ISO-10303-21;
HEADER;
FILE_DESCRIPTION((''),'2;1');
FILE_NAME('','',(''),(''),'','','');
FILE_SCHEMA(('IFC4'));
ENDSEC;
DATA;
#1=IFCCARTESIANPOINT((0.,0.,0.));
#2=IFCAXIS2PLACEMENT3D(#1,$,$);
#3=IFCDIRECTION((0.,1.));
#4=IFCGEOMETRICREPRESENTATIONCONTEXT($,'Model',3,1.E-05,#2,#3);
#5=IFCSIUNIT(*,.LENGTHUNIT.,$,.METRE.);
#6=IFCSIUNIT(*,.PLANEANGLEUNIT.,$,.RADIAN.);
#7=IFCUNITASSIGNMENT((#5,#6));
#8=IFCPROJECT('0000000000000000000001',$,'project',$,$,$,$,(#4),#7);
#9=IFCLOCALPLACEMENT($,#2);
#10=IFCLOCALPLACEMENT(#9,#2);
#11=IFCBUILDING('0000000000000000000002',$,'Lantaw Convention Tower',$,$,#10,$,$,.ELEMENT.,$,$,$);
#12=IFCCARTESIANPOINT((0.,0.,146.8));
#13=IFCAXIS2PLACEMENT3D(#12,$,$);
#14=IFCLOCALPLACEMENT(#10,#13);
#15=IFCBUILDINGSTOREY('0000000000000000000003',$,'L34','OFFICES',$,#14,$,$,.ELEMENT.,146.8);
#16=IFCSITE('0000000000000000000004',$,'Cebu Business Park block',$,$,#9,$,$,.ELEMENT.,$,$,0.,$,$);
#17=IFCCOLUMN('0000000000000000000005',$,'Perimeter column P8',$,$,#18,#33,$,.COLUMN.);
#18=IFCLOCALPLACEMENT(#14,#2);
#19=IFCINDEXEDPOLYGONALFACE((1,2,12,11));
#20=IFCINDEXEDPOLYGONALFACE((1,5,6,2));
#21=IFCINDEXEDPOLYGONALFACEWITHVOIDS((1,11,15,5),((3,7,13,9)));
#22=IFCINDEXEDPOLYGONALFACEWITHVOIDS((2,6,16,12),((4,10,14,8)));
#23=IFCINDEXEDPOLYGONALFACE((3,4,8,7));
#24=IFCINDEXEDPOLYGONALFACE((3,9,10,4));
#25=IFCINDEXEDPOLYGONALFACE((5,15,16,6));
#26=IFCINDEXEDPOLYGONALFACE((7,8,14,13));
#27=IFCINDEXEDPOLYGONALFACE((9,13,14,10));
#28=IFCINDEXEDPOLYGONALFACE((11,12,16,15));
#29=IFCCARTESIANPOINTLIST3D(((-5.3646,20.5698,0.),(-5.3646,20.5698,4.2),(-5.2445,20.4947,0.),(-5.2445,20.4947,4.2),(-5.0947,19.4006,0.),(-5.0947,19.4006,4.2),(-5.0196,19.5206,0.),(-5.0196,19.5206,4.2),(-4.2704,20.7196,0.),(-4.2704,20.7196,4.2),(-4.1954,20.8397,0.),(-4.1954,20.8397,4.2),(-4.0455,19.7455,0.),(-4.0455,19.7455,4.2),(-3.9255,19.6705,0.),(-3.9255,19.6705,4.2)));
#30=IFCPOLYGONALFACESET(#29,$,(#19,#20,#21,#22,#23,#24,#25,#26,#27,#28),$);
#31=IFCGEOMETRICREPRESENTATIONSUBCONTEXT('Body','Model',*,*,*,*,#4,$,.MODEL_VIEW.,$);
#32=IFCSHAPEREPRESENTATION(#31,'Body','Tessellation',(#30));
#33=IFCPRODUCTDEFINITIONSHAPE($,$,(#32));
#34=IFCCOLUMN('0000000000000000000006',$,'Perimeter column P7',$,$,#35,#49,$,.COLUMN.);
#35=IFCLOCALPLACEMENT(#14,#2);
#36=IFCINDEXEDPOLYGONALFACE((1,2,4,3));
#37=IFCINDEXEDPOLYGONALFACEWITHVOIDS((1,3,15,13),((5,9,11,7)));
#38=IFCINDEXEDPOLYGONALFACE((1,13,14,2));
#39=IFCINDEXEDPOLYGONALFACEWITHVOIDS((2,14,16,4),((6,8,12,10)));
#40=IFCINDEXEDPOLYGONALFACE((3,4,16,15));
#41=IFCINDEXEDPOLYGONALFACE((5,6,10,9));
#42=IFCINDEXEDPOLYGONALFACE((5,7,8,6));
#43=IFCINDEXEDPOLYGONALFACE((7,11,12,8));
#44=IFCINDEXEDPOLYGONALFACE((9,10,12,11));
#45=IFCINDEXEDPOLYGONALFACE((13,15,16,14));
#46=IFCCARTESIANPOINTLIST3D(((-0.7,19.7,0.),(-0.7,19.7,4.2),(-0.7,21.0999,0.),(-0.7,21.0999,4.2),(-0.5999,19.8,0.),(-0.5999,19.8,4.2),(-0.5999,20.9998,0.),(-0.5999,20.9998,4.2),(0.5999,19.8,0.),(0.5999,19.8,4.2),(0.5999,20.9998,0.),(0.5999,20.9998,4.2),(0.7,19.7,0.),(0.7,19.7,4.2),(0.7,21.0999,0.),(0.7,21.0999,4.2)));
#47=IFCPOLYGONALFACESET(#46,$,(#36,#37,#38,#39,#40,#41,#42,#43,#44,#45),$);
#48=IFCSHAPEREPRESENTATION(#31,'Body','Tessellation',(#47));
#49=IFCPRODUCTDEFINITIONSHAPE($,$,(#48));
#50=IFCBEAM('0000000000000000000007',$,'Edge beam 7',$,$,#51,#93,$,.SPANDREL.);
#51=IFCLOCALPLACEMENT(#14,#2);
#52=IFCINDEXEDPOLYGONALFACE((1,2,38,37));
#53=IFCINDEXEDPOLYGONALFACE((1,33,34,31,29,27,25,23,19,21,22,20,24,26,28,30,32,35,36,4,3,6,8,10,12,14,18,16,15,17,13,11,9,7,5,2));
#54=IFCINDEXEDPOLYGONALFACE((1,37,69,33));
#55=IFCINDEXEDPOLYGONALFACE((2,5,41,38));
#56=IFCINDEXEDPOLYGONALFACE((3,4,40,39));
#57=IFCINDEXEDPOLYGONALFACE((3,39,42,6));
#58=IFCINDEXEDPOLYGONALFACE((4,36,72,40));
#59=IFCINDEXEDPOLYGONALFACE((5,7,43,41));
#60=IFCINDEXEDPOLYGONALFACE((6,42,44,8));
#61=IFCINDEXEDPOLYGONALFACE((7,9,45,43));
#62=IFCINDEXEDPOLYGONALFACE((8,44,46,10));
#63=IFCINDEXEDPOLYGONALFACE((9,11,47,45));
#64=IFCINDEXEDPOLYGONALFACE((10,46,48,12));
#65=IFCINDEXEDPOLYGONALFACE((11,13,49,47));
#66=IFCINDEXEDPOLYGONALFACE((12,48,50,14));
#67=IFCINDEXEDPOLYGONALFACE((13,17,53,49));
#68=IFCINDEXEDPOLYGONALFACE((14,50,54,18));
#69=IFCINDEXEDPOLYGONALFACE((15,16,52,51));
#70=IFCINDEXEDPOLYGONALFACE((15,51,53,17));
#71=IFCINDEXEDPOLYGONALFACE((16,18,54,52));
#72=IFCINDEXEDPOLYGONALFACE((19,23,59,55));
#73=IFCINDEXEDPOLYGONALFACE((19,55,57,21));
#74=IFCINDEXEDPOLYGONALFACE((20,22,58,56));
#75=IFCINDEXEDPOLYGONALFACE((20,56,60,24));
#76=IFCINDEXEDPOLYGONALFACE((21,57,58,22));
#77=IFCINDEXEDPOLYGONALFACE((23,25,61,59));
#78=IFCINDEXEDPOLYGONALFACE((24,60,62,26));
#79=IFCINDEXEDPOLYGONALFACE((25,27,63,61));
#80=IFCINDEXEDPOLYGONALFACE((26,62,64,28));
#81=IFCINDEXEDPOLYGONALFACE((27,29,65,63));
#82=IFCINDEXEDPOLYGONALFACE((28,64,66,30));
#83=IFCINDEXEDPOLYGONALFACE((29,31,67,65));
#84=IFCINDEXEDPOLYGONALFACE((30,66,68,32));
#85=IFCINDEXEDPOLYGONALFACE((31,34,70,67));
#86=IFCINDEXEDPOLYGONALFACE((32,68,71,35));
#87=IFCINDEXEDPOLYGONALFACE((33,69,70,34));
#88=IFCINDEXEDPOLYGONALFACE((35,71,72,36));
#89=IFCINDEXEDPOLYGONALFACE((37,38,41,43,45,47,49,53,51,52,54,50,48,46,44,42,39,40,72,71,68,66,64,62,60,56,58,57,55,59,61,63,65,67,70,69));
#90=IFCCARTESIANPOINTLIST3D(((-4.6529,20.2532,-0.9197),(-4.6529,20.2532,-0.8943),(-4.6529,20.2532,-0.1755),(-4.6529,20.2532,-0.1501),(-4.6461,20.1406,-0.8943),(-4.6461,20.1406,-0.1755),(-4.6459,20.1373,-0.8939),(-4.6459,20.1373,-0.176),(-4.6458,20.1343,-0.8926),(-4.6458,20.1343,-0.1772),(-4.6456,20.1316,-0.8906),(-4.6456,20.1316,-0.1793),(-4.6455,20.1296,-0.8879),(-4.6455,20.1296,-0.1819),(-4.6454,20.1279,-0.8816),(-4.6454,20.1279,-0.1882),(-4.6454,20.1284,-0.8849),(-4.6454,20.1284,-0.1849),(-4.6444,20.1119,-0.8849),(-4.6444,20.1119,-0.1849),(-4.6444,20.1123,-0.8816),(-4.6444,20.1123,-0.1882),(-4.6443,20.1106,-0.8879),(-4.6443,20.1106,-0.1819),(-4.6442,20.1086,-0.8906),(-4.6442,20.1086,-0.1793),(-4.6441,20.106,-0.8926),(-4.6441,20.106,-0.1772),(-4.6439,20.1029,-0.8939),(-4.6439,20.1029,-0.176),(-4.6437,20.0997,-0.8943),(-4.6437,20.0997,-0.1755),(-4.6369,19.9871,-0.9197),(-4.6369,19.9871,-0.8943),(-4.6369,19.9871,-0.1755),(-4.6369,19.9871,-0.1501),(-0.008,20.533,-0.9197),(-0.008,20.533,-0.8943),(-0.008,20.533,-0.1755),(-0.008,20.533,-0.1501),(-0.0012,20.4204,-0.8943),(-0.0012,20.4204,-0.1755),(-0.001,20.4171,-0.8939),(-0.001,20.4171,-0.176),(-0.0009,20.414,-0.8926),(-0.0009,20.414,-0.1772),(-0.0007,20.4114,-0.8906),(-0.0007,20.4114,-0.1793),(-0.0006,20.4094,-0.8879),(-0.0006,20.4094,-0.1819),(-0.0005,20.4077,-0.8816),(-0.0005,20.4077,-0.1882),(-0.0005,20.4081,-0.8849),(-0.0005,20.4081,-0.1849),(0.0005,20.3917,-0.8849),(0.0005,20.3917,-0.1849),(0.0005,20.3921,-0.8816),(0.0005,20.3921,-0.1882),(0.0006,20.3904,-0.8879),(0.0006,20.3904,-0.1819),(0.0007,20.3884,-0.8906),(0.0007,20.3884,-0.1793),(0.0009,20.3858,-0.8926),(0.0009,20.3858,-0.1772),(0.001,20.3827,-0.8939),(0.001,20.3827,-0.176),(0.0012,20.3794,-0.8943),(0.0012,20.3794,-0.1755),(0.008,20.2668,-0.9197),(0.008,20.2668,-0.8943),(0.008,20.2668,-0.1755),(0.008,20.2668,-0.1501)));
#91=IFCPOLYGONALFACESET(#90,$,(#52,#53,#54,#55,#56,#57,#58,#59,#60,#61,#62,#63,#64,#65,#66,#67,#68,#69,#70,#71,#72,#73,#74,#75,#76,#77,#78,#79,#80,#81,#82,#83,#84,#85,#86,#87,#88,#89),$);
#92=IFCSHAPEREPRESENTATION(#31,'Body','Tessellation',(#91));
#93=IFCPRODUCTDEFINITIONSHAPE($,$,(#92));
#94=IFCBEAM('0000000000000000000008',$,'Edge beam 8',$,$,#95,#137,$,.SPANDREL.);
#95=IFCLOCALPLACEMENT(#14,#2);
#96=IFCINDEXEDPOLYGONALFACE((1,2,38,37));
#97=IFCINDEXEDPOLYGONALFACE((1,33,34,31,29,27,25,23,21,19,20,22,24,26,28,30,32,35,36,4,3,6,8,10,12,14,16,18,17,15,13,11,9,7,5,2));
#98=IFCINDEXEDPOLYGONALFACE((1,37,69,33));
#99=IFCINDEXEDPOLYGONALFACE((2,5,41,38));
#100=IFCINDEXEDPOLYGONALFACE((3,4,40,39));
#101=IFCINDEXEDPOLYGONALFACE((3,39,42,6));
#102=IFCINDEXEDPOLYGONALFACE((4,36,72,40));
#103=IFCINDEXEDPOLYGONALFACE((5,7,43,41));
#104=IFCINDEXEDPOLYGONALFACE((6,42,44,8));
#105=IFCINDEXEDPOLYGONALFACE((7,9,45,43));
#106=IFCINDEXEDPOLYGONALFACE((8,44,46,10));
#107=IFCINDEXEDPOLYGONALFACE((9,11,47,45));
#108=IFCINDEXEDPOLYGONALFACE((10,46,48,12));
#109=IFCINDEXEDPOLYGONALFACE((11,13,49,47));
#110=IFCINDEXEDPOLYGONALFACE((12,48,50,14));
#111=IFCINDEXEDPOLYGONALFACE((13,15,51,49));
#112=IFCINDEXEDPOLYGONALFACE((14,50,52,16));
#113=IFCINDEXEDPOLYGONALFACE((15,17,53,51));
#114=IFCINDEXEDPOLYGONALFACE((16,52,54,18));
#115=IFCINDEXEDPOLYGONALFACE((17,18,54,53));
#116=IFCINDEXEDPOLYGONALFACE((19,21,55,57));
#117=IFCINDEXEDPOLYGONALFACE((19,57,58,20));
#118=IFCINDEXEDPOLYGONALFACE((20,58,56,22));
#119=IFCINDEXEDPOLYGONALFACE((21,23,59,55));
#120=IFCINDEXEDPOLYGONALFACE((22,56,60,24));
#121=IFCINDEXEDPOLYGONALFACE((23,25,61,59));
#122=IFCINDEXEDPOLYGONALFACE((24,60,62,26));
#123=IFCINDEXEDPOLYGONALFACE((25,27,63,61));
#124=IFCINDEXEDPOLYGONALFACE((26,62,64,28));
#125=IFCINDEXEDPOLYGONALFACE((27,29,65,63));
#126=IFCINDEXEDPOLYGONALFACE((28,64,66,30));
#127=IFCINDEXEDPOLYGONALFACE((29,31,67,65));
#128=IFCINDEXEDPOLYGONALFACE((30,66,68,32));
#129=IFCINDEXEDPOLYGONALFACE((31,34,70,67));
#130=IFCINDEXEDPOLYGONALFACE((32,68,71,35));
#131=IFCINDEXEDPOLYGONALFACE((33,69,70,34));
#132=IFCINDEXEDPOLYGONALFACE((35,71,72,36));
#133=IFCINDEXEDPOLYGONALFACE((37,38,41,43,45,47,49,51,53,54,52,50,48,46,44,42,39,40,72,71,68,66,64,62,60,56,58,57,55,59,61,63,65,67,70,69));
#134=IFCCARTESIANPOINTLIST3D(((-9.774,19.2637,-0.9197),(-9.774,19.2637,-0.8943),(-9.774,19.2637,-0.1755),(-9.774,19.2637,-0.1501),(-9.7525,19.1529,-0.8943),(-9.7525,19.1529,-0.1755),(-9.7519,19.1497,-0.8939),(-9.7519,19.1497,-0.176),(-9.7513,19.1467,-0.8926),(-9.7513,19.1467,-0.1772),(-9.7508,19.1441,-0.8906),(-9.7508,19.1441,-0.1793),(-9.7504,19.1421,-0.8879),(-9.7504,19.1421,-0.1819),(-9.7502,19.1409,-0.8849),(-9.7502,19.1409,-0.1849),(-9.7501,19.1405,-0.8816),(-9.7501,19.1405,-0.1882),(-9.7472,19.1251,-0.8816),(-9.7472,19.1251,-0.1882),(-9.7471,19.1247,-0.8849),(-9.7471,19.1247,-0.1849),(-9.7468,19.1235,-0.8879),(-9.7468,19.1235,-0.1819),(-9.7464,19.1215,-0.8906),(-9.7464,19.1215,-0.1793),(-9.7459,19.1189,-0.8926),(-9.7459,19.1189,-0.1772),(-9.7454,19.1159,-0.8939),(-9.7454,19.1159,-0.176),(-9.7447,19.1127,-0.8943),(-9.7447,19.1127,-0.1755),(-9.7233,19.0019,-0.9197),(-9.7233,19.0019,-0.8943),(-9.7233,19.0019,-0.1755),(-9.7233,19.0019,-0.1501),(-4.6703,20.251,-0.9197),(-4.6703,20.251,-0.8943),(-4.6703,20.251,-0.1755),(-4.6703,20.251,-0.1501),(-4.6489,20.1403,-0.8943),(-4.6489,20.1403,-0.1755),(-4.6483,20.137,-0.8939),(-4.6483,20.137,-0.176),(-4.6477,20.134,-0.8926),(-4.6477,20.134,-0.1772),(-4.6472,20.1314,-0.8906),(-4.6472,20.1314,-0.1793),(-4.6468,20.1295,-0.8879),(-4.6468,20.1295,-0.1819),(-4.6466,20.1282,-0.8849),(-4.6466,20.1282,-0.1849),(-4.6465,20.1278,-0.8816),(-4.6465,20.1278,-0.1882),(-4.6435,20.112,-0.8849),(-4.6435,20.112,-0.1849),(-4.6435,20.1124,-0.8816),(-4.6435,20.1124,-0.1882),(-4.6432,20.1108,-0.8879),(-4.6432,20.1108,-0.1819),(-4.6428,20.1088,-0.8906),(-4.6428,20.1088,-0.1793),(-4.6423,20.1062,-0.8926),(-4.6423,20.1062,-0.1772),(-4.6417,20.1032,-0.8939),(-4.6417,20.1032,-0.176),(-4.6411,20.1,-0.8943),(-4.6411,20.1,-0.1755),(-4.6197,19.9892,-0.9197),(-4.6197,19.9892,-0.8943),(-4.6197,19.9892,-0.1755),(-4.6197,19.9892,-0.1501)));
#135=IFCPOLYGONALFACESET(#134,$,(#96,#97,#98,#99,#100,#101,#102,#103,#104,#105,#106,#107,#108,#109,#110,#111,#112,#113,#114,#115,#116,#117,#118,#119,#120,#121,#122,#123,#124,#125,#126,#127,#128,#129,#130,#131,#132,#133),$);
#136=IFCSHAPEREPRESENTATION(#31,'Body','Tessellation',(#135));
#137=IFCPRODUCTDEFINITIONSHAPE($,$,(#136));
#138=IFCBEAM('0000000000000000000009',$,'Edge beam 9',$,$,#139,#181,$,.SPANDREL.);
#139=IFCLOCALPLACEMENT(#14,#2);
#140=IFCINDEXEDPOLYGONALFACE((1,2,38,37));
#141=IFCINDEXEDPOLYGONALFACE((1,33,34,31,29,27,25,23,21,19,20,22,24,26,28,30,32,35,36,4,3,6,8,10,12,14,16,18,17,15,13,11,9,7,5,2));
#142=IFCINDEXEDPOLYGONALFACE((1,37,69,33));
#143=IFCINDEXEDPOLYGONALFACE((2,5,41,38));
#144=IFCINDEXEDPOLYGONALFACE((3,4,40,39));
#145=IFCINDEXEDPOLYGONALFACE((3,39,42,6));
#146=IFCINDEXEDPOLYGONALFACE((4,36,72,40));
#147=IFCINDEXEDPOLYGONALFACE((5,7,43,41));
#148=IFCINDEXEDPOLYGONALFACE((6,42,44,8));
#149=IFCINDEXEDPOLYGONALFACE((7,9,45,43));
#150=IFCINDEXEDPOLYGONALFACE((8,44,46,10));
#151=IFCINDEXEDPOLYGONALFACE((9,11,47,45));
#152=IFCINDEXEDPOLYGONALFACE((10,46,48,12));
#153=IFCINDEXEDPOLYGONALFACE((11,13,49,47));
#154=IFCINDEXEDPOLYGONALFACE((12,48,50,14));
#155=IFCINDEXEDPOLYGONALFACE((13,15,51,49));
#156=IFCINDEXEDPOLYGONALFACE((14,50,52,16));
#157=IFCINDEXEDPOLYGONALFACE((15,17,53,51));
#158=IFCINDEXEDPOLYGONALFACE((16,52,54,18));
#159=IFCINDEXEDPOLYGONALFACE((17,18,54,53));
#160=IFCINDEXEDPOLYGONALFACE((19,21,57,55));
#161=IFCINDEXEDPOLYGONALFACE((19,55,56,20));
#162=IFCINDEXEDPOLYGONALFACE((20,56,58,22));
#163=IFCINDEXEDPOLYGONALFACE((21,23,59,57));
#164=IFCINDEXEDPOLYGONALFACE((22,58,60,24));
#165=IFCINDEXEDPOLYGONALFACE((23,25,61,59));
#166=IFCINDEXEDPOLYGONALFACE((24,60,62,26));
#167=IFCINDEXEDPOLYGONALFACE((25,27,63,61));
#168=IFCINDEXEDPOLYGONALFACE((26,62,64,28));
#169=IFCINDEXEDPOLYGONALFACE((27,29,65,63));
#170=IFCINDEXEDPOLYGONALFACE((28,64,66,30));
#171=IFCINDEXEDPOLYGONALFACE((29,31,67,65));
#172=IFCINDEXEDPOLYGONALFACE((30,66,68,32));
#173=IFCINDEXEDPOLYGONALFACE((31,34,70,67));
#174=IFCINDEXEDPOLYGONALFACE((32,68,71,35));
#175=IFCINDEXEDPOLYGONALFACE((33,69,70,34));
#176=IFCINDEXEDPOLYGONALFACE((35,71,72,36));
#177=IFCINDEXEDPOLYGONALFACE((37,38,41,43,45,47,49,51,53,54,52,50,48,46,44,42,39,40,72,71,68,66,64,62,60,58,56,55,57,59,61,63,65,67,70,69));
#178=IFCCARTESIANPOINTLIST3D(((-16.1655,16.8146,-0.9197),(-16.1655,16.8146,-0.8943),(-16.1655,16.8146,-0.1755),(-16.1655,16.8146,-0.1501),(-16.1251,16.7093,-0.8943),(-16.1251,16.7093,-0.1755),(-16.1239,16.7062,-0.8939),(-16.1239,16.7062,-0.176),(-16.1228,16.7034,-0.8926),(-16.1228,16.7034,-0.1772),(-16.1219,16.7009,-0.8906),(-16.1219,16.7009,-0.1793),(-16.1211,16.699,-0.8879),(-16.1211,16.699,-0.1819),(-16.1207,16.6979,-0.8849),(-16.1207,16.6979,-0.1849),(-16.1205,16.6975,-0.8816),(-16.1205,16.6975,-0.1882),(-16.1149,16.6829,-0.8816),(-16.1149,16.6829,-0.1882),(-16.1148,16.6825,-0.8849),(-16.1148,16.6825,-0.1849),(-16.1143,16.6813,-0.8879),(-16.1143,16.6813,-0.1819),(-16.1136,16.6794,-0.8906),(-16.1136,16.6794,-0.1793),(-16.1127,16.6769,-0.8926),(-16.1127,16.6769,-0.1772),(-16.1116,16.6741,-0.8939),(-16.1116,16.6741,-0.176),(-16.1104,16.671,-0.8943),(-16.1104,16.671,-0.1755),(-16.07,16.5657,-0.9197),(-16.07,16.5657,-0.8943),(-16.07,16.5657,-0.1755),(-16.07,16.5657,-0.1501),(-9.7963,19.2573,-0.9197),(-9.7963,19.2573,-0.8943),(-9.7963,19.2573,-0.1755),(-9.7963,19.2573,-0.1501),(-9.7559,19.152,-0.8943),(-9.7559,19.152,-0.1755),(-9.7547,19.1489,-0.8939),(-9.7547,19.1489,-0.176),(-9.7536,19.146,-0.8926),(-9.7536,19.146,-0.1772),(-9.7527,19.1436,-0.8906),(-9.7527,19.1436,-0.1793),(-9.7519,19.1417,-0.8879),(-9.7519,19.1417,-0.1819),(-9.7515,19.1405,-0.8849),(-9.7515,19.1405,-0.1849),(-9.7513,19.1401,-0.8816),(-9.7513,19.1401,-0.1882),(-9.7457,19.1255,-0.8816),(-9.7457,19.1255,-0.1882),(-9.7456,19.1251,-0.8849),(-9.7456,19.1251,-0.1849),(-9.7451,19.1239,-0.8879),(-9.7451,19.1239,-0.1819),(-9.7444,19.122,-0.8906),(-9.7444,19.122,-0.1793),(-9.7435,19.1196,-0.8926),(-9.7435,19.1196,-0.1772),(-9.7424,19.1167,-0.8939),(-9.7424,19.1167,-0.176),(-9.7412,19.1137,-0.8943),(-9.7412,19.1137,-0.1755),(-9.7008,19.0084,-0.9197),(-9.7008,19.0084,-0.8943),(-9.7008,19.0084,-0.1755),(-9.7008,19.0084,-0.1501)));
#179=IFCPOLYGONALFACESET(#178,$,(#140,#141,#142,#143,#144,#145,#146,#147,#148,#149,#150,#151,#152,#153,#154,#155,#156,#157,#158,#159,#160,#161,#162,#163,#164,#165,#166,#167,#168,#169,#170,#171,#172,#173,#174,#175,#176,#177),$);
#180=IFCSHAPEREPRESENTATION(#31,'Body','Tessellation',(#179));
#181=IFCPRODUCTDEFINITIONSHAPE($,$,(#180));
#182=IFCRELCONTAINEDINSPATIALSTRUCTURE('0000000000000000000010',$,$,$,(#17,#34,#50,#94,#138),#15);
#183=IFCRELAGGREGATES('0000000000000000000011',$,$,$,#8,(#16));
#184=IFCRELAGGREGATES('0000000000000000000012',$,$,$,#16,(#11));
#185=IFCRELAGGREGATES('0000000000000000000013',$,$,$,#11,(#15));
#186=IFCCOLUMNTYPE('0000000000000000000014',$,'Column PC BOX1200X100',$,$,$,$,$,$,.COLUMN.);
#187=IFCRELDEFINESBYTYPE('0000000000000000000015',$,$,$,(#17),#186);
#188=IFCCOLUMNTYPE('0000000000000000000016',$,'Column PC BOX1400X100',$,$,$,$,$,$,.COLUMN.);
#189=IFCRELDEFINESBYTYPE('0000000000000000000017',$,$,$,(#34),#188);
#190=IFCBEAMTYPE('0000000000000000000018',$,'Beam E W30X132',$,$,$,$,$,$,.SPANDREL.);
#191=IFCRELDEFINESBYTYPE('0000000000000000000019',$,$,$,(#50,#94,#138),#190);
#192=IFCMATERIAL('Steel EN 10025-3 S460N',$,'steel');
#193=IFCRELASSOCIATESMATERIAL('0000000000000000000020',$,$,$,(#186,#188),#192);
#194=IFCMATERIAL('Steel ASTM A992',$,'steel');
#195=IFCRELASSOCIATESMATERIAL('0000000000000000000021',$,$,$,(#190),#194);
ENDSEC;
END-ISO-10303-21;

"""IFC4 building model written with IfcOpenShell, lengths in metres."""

from ifc_helpers import new_model, si_unit, direction, frame, origin, origin_2d, place, context, subcontext, project, spatial, rectangle, hollow_rectangle, i_section, extrude, material, material_profile, profile_set, type_object, element, save


model = new_model("IFC4")

# Units and contexts
model_context = context("Model", 3, precision=1e-05, world=origin(), true_north=direction((0.0, 1.0)))
body_context = subcontext(model_context, "Body", "Model", "MODEL_VIEW")
ifc_project = project(units=[si_unit("LENGTHUNIT", "METRE"), si_unit("PLANEANGLEUNIT", "RADIAN")], contexts=[model_context])

# Site, building, storey
site_placement = place(None, origin())
site = spatial("IfcSite", under=ifc_project, at=site_placement, Name="Cebu Business Park block", CompositionType="ELEMENT", RefElevation=0.0)
building_placement = place(site_placement, origin())
building = spatial("IfcBuilding", under=site, at=building_placement, Name="Lantaw Convention Tower", CompositionType="ELEMENT")
storey_placement = place(building_placement, frame((0.0, 0.0, 146.8)))
storey = spatial("IfcBuildingStorey", under=building, at=storey_placement, Name="L34", Description="OFFICES", CompositionType="ELEMENT", Elevation=146.8)

# Columns
ifc_material_1 = material(Name="Steel EN 10025-3 S460N", Category="steel")
ifc_material_profile_1 = material_profile(ifc_material_1, hollow_rectangle(XDim=1.2, YDim=1.2, WallThickness=0.1001, at=origin_2d()), Name="BOX1200X100")
ifc_material_2 = material(Name="Concrete C60/75", Category="concrete")
ifc_material_profile_2 = material_profile(ifc_material_2, rectangle(XDim=1.0, YDim=1.0, at=origin_2d()), Name="Concrete fill of BOX1200X100")
ifc_profile_set_1 = profile_set([ifc_material_profile_1, ifc_material_profile_2], Name="Steel EN 10025-3 S460N")
column_type_1 = type_object("IfcColumnType", Name="Column PC BOX1200X100", PredefinedType="COLUMN", material=ifc_profile_set_1)
column_1_placement = place(storey_placement, frame((-4.645, 20.1201, 0.0), z_axis=(0.0, 0.0, 1.0), x_axis=(0.97437, 0.224951, 0.0)))
element("IfcColumn", 1, at=column_1_placement, inside=storey, type_object=column_type_1, Name="Perimeter column P8", PredefinedType="COLUMN", context=body_context, shape_type="SweptSolid", body=[
    extrude(hollow_rectangle(XDim=1.2, YDim=1.2, WallThickness=0.1001, at=origin_2d()), origin(), (0.0, 0.0, 1.0), 4.2),
])
ifc_material_profile_3 = material_profile(ifc_material_1, hollow_rectangle(XDim=1.3999, YDim=1.3999, WallThickness=0.1001, at=origin_2d()), Name="BOX1400X100")
ifc_material_profile_4 = material_profile(ifc_material_2, rectangle(XDim=1.2, YDim=1.2, at=origin_2d()), Name="Concrete fill of BOX1400X100")
ifc_profile_set_2 = profile_set([ifc_material_profile_3, ifc_material_profile_4], Name="Steel EN 10025-3 S460N")
column_type_2 = type_object("IfcColumnType", Name="Column PC BOX1400X100", PredefinedType="COLUMN", material=ifc_profile_set_2)
column_2_placement = place(storey_placement, frame((0.0, 20.3999, 0.0), z_axis=(0.0, 0.0, 1.0), x_axis=(1.0, 0.0, 0.0)))
element("IfcColumn", 2, at=column_2_placement, inside=storey, type_object=column_type_2, Name="Perimeter column P7", PredefinedType="COLUMN", context=body_context, shape_type="SweptSolid", body=[
    extrude(hollow_rectangle(XDim=1.3999, YDim=1.3999, WallThickness=0.1001, at=origin_2d()), origin(), (0.0, 0.0, 1.0), 4.2),
])

# Beams
ifc_material_3 = material(Name="Steel ASTM A992", Category="steel")
ifc_material_profile_5 = material_profile(ifc_material_3, i_section(OverallWidth=0.2666, OverallDepth=0.7695, WebThickness=0.0156, FlangeThickness=0.0254, FilletRadius=0.0127, at=origin_2d()), Name="W30X132")
ifc_profile_set_3 = profile_set([ifc_material_profile_5], Name="Steel ASTM A992")
beam_type = type_object("IfcBeamType", Name="Beam E W30X132", PredefinedType="SPANDREL", material=ifc_profile_set_3)
beam_1_placement = place(storey_placement, frame((0.0, 20.3999, -0.5349), z_axis=(-0.998191, -0.060124, 0.0), x_axis=(0.060124, -0.998191, 0.0)))
element("IfcBeam", 3, at=beam_1_placement, inside=storey, type_object=beam_type, Name="Edge beam 7", PredefinedType="SPANDREL", context=body_context, shape_type="SweptSolid", body=[
    extrude(i_section(OverallWidth=0.2666, OverallDepth=0.7695, WebThickness=0.0156, FlangeThickness=0.0254, FilletRadius=0.0127, at=origin_2d()), origin(), (0.0, 0.0, 1.0), 4.6533),
])
beam_2_placement = place(storey_placement, frame((-4.645, 20.1201, -0.5349), z_axis=(-0.981797, -0.189934, 0.0), x_axis=(0.189934, -0.981797, 0.0)))
element("IfcBeam", 4, at=beam_2_placement, inside=storey, type_object=beam_type, Name="Edge beam 8", PredefinedType="SPANDREL", context=body_context, shape_type="SweptSolid", body=[
    extrude(i_section(OverallWidth=0.2666, OverallDepth=0.7695, WebThickness=0.0156, FlangeThickness=0.0254, FilletRadius=0.0127, at=origin_2d()), origin(), (0.0, 0.0, 1.0), 5.1982),
])
beam_3_placement = place(storey_placement, frame((-9.7485, 19.1328, -0.5349), z_axis=(-0.933691, -0.35808, 0.0), x_axis=(0.35808, -0.933691, 0.0)))
element("IfcBeam", 5, at=beam_3_placement, inside=storey, type_object=beam_type, Name="Edge beam 9", PredefinedType="SPANDREL", context=body_context, shape_type="SweptSolid", body=[
    extrude(i_section(OverallWidth=0.2666, OverallDepth=0.7695, WebThickness=0.0156, FlangeThickness=0.0254, FilletRadius=0.0127, at=origin_2d()), origin(), (0.0, 0.0, 1.0), 6.8215),
])

save(model, "model.ifc")
